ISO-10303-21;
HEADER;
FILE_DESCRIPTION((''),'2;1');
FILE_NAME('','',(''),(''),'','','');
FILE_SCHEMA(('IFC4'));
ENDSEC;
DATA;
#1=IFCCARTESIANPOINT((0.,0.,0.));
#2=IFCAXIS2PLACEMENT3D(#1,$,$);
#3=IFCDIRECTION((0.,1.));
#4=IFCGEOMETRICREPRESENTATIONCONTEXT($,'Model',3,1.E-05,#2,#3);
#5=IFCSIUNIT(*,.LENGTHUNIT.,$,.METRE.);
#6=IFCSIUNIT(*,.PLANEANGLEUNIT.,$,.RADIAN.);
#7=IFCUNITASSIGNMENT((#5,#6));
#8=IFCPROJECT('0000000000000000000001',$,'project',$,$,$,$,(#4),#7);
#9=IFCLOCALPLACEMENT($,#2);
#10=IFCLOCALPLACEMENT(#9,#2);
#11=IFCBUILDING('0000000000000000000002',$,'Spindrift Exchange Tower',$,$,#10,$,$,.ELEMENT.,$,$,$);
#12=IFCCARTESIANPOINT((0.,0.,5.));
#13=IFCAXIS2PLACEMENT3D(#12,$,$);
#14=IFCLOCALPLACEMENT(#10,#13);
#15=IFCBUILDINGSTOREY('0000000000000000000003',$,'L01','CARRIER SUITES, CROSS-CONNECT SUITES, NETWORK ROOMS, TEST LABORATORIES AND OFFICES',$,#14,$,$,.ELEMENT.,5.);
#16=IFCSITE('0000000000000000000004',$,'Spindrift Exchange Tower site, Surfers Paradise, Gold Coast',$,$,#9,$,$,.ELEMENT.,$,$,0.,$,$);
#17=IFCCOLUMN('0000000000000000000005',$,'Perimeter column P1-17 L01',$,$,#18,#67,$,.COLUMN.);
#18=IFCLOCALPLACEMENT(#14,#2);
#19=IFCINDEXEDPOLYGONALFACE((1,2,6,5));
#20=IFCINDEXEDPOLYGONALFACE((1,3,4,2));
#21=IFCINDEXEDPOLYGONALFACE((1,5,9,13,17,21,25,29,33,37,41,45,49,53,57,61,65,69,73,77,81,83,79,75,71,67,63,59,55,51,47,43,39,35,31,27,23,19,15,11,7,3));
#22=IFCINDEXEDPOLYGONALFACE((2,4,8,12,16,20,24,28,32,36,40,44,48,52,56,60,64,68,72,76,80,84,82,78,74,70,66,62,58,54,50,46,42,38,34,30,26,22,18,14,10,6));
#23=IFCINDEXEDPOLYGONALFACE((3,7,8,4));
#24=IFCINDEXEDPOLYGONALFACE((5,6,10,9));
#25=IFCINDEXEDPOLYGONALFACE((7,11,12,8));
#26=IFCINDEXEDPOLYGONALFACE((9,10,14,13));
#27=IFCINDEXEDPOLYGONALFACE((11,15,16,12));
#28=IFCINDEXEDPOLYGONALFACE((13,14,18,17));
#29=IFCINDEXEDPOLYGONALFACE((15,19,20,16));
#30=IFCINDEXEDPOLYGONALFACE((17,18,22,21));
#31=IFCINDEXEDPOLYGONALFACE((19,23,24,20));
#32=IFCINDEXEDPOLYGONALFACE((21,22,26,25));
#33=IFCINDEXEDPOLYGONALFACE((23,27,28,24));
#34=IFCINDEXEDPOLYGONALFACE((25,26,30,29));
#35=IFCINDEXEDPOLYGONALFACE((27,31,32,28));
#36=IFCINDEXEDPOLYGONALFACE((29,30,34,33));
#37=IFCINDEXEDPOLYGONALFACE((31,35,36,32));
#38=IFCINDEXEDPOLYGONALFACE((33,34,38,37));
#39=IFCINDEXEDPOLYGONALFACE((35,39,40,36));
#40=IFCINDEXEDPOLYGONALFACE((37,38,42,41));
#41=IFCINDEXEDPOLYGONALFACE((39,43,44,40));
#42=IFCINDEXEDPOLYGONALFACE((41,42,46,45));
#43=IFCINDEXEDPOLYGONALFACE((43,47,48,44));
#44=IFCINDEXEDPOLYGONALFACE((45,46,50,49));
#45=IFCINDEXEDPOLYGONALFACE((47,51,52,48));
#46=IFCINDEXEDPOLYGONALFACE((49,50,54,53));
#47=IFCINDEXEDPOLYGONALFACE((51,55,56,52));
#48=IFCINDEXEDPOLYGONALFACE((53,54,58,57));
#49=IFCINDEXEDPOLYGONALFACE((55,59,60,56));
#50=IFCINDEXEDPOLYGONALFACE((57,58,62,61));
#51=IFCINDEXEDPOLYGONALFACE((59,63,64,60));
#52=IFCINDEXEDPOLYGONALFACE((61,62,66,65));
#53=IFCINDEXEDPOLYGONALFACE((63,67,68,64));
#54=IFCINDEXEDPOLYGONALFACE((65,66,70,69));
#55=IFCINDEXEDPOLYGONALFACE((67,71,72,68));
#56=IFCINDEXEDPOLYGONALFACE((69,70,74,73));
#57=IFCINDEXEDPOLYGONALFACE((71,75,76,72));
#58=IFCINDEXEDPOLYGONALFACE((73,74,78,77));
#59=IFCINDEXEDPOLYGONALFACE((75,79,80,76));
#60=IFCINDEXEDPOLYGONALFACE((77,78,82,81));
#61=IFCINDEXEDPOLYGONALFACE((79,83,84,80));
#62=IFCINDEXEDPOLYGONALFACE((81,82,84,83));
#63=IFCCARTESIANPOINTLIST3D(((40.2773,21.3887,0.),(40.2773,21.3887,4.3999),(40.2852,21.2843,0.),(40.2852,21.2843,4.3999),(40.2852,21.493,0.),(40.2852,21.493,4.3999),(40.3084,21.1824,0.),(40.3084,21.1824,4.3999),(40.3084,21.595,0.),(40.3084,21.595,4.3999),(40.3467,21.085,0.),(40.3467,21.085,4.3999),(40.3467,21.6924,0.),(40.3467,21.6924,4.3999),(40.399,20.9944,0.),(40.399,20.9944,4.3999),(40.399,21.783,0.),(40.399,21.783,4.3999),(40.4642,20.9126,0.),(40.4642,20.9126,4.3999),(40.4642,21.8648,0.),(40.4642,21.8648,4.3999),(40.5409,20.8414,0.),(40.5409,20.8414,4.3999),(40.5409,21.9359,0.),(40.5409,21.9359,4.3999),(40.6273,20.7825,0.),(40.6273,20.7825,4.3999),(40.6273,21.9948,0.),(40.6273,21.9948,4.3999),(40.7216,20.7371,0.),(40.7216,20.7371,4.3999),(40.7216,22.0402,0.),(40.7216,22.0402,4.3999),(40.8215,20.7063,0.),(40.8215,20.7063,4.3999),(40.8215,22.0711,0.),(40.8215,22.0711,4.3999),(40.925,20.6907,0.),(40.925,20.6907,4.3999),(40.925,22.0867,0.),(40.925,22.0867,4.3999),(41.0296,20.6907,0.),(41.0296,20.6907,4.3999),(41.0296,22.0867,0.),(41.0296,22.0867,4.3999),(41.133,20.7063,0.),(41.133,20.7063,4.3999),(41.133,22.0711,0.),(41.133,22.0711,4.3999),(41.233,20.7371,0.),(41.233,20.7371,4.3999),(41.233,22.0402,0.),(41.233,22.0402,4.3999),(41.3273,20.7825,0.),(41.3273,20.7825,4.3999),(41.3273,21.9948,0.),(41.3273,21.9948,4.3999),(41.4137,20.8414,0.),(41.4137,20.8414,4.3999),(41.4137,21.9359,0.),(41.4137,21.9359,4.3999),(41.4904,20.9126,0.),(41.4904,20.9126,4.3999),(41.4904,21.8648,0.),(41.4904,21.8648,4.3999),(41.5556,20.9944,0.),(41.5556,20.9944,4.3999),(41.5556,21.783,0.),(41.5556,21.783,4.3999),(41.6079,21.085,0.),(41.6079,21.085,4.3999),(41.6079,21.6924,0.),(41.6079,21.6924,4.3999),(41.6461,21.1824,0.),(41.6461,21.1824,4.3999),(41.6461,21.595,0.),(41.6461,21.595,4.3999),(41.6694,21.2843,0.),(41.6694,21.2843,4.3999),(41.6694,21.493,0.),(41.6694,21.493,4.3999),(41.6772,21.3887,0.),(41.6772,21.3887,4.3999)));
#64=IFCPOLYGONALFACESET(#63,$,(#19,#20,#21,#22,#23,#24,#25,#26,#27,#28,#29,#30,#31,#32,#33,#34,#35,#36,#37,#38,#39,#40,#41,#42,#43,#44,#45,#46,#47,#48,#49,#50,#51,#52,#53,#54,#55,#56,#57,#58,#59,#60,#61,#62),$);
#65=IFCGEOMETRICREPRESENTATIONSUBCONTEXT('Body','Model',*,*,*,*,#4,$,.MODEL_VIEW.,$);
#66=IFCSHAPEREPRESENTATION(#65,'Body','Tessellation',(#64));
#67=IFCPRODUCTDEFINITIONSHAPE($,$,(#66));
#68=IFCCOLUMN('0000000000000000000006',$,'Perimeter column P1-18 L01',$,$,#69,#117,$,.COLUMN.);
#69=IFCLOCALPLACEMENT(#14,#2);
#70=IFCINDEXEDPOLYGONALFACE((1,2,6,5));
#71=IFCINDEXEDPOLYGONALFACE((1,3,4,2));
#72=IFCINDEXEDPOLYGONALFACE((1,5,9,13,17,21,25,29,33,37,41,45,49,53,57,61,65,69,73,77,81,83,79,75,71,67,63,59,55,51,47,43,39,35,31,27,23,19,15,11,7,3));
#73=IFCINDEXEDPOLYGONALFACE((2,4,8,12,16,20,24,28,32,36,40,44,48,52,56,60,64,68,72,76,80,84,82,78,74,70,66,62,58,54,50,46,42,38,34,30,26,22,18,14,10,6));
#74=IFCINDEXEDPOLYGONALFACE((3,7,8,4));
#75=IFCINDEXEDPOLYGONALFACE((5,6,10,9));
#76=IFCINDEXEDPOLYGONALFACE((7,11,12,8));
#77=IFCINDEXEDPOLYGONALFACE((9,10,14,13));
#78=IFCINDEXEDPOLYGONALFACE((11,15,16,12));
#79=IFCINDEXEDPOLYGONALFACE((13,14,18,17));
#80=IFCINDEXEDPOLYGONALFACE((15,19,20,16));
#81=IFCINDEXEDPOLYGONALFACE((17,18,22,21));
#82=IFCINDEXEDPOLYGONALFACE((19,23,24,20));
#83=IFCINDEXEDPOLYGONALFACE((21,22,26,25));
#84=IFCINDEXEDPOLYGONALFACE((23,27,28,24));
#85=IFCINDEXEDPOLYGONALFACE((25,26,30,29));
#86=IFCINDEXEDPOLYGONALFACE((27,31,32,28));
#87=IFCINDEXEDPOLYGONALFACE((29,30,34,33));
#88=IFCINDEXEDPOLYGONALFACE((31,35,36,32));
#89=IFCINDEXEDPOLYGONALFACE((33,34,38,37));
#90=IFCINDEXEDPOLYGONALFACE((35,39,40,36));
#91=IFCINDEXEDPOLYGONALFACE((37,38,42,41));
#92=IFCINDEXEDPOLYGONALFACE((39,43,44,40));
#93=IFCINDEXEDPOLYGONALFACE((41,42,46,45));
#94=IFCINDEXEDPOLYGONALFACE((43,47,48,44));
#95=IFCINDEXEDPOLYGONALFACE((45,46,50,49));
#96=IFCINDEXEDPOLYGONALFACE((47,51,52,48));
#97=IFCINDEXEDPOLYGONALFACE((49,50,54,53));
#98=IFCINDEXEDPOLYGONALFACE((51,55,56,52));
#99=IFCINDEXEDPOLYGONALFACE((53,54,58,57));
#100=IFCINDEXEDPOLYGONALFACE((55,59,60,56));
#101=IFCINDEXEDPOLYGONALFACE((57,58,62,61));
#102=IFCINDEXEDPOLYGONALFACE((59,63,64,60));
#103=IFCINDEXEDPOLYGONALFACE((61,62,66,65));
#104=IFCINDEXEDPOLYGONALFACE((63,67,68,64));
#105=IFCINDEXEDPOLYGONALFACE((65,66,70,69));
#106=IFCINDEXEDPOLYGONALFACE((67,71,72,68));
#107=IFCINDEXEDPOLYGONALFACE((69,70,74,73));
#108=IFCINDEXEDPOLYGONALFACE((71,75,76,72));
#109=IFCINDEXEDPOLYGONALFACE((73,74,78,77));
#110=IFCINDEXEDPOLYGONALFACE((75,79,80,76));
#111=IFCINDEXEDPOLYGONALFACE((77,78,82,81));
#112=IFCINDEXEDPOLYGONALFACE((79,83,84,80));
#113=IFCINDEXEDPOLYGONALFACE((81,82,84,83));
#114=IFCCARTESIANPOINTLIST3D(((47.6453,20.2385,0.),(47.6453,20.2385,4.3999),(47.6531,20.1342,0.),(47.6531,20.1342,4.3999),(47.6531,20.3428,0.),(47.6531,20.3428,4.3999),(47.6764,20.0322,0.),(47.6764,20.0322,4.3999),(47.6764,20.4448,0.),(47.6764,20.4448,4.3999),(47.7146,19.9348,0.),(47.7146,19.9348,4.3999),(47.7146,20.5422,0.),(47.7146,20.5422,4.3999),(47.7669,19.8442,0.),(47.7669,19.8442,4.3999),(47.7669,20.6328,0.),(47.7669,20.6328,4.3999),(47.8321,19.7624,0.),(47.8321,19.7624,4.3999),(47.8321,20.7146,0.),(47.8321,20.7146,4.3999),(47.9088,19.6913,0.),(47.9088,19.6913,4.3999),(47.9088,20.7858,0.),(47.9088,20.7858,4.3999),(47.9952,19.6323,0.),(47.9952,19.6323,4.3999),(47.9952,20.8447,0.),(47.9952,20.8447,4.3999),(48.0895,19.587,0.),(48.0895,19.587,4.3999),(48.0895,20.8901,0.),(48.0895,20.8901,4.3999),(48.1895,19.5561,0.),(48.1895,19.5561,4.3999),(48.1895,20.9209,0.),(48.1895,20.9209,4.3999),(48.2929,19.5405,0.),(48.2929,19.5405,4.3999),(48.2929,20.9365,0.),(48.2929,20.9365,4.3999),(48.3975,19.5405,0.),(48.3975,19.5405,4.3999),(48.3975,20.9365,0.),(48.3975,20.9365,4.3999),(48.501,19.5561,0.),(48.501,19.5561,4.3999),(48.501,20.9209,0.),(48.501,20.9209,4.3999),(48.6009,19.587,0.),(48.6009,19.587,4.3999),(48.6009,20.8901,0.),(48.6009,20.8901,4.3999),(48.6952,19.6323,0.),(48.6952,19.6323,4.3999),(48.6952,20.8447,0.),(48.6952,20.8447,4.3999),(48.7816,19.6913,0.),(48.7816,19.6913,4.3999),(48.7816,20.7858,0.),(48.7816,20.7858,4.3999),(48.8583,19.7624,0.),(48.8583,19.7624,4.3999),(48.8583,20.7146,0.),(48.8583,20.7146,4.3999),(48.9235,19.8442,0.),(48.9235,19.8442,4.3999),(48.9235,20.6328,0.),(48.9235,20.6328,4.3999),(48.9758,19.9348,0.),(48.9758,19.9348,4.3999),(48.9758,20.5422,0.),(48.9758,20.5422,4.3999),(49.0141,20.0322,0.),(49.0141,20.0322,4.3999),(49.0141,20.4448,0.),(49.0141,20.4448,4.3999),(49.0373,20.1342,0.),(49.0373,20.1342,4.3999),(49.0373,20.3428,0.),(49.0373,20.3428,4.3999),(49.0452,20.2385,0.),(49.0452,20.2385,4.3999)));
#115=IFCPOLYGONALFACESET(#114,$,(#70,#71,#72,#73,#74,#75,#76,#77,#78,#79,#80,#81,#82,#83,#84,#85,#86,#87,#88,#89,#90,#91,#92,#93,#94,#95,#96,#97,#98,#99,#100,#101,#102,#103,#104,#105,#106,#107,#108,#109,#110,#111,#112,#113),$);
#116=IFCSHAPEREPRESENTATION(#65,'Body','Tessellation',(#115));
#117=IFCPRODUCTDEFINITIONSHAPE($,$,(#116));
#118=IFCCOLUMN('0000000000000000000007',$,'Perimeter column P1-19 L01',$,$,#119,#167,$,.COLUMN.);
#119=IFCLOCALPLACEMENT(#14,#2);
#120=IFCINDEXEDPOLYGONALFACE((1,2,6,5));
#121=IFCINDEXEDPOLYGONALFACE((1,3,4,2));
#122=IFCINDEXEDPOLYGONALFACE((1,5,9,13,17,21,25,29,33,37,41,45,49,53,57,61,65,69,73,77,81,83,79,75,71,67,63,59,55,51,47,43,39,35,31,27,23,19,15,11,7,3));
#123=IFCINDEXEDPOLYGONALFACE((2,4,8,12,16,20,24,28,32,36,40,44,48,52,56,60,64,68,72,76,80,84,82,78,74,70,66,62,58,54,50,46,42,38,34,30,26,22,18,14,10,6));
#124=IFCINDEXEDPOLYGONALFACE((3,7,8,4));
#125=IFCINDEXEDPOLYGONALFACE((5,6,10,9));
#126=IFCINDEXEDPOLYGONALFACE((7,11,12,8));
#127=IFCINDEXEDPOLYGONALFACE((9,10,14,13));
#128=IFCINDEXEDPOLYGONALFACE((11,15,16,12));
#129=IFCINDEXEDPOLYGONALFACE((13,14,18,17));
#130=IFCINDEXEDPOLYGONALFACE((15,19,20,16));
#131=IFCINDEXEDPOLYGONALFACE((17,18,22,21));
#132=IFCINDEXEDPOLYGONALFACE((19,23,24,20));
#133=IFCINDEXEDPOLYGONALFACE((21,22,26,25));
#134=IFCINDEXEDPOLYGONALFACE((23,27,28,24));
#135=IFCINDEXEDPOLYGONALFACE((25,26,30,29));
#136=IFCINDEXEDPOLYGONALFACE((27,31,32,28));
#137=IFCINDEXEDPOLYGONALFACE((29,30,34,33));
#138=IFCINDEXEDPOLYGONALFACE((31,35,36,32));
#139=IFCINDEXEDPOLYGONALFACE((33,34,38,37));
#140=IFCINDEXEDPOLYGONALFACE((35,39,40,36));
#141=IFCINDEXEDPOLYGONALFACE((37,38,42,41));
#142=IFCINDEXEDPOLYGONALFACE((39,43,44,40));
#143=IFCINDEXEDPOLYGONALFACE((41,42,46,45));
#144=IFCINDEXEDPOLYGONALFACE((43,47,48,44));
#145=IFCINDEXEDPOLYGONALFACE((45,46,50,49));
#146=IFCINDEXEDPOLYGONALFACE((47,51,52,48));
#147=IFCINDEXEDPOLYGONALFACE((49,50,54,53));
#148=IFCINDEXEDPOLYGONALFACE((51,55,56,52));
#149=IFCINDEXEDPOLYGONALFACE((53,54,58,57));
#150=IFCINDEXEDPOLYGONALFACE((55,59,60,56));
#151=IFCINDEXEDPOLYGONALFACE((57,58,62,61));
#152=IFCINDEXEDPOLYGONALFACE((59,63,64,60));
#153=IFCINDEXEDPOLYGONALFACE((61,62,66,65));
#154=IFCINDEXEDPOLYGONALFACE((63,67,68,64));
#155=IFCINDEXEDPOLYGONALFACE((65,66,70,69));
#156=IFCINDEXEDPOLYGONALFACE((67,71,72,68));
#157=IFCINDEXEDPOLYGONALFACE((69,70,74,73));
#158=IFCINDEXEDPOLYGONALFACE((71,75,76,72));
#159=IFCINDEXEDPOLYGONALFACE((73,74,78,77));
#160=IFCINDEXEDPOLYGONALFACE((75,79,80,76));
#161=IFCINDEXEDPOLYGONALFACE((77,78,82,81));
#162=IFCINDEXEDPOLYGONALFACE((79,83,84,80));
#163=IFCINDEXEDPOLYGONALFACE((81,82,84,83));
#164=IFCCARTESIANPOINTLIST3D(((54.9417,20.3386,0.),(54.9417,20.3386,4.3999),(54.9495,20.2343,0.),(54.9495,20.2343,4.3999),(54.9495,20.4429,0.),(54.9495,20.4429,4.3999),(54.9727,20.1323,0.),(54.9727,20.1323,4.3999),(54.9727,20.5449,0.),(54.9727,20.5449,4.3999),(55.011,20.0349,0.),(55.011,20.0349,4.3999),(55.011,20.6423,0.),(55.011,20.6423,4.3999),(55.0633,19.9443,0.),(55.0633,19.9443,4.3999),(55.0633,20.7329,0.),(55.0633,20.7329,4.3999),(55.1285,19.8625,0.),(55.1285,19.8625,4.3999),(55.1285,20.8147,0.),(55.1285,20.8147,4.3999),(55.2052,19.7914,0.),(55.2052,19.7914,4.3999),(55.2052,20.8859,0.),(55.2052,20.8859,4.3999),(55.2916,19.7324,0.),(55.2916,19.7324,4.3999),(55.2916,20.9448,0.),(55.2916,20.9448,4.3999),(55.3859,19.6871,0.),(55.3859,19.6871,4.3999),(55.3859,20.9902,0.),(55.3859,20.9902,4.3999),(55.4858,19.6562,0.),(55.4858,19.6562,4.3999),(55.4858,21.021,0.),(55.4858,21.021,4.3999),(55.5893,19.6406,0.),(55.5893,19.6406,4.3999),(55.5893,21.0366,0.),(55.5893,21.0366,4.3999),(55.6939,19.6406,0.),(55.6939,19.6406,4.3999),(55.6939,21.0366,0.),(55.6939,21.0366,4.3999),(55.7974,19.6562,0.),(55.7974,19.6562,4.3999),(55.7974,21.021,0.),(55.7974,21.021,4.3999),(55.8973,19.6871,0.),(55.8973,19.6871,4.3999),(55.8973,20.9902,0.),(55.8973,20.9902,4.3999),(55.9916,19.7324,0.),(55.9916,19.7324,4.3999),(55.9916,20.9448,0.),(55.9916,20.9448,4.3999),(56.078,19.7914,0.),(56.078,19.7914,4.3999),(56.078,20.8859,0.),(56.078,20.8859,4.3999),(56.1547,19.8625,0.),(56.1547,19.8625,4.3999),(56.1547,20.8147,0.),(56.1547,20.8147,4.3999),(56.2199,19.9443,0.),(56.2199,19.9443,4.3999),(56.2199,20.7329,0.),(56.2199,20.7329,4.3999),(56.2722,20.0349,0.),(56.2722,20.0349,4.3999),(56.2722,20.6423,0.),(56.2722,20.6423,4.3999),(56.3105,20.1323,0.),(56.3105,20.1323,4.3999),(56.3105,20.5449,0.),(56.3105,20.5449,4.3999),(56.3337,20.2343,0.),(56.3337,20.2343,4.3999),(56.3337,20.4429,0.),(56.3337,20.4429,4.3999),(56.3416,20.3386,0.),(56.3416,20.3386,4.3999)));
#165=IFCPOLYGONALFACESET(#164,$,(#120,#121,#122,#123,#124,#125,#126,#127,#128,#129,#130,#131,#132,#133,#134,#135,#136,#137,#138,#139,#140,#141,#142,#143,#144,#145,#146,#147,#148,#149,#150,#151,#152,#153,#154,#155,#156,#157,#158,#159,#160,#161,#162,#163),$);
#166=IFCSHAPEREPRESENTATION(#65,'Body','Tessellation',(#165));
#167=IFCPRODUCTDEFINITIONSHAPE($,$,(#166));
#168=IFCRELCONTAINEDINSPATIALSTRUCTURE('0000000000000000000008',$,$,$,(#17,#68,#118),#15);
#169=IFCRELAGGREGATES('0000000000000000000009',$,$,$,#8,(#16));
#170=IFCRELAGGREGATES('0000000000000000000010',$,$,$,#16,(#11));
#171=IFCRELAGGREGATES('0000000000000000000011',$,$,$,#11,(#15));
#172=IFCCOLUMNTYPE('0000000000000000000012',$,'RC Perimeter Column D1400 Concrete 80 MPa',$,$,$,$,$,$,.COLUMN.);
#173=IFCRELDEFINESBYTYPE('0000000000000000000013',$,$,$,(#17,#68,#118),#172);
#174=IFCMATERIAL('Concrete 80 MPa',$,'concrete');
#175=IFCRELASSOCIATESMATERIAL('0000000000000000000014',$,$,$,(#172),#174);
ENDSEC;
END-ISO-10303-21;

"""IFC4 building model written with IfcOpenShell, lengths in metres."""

from ifc_helpers import new_model, si_unit, direction, frame, origin, origin_2d, place, context, subcontext, project, spatial, circle, extrude, source, transform, mapped, material, material_profile, profile_set, type_object, element, save


model = new_model("IFC4")

# Units and contexts
model_context = context("Model", 3, precision=1e-05, world=origin(), true_north=direction((0.0, 1.0)))
body_context = subcontext(model_context, "Body", "Model", "MODEL_VIEW")
ifc_project = project(units=[si_unit("LENGTHUNIT", "METRE"), si_unit("PLANEANGLEUNIT", "RADIAN")], contexts=[model_context])

# Site, building, storey
site_placement = place(None, origin())
site = spatial("IfcSite", under=ifc_project, at=site_placement, Name="Spindrift Exchange Tower site, Surfers Paradise, Gold Coast", CompositionType="ELEMENT", RefElevation=0.0)
building_placement = place(site_placement, origin())
building = spatial("IfcBuilding", under=site, at=building_placement, Name="Spindrift Exchange Tower", CompositionType="ELEMENT")
storey_placement = place(building_placement, frame((0.0, 0.0, 5.0)))
storey = spatial("IfcBuildingStorey", under=building, at=storey_placement, Name="L01", Description="CARRIER SUITES, CROSS-CONNECT SUITES, NETWORK ROOMS, TEST LABORATORIES AND OFFICES", CompositionType="ELEMENT", Elevation=5.0)

# Columns
ifc_material_1 = material(Name="Concrete 80 MPa", Category="concrete")
ifc_material_profile_1 = material_profile(ifc_material_1, circle(Radius=0.7, at=origin_2d()), Name="RC D1400")
ifc_profile_set_1 = profile_set([ifc_material_profile_1], Name="Concrete 80 MPa")
column_type_1 = type_object("IfcColumnType", Name="RC Perimeter Column D1400 Concrete 80 MPa", PredefinedType="COLUMN", material=ifc_profile_set_1)
shared_shape_1 = source(origin(), body_context, "Body", "SweptSolid", [
    extrude(circle(Radius=0.7, at=origin_2d()), origin(), (0.0, 0.0, 1.0), 4.3999),
])
for number, where, z_axis, x_axis, name in (
    (1, (40.9773, 21.3887, 0.0), (0.0, 0.0, 1.0), (1.0, 0.0, 0.0), "Perimeter column P1-17 L01"),
    (2, (48.3452, 20.2385, 0.0), (0.0, 0.0, 1.0), (1.0, 0.0, 0.0), "Perimeter column P1-18 L01"),
    (3, (55.6416, 20.3386, 0.0), (0.0, 0.0, 1.0), (1.0, 0.0, 0.0), "Perimeter column P1-19 L01"),
):
    element("IfcColumn", number, at=place(storey_placement, frame(where, z_axis=z_axis, x_axis=x_axis)), inside=storey, type_object=column_type_1, Name=name, PredefinedType="COLUMN", context=body_context, shape_type="MappedRepresentation", body=[
        mapped(shared_shape_1, transform((0.0, 0.0, 0.0), scale=1.0)),
    ])

save(model, "model.ifc")
